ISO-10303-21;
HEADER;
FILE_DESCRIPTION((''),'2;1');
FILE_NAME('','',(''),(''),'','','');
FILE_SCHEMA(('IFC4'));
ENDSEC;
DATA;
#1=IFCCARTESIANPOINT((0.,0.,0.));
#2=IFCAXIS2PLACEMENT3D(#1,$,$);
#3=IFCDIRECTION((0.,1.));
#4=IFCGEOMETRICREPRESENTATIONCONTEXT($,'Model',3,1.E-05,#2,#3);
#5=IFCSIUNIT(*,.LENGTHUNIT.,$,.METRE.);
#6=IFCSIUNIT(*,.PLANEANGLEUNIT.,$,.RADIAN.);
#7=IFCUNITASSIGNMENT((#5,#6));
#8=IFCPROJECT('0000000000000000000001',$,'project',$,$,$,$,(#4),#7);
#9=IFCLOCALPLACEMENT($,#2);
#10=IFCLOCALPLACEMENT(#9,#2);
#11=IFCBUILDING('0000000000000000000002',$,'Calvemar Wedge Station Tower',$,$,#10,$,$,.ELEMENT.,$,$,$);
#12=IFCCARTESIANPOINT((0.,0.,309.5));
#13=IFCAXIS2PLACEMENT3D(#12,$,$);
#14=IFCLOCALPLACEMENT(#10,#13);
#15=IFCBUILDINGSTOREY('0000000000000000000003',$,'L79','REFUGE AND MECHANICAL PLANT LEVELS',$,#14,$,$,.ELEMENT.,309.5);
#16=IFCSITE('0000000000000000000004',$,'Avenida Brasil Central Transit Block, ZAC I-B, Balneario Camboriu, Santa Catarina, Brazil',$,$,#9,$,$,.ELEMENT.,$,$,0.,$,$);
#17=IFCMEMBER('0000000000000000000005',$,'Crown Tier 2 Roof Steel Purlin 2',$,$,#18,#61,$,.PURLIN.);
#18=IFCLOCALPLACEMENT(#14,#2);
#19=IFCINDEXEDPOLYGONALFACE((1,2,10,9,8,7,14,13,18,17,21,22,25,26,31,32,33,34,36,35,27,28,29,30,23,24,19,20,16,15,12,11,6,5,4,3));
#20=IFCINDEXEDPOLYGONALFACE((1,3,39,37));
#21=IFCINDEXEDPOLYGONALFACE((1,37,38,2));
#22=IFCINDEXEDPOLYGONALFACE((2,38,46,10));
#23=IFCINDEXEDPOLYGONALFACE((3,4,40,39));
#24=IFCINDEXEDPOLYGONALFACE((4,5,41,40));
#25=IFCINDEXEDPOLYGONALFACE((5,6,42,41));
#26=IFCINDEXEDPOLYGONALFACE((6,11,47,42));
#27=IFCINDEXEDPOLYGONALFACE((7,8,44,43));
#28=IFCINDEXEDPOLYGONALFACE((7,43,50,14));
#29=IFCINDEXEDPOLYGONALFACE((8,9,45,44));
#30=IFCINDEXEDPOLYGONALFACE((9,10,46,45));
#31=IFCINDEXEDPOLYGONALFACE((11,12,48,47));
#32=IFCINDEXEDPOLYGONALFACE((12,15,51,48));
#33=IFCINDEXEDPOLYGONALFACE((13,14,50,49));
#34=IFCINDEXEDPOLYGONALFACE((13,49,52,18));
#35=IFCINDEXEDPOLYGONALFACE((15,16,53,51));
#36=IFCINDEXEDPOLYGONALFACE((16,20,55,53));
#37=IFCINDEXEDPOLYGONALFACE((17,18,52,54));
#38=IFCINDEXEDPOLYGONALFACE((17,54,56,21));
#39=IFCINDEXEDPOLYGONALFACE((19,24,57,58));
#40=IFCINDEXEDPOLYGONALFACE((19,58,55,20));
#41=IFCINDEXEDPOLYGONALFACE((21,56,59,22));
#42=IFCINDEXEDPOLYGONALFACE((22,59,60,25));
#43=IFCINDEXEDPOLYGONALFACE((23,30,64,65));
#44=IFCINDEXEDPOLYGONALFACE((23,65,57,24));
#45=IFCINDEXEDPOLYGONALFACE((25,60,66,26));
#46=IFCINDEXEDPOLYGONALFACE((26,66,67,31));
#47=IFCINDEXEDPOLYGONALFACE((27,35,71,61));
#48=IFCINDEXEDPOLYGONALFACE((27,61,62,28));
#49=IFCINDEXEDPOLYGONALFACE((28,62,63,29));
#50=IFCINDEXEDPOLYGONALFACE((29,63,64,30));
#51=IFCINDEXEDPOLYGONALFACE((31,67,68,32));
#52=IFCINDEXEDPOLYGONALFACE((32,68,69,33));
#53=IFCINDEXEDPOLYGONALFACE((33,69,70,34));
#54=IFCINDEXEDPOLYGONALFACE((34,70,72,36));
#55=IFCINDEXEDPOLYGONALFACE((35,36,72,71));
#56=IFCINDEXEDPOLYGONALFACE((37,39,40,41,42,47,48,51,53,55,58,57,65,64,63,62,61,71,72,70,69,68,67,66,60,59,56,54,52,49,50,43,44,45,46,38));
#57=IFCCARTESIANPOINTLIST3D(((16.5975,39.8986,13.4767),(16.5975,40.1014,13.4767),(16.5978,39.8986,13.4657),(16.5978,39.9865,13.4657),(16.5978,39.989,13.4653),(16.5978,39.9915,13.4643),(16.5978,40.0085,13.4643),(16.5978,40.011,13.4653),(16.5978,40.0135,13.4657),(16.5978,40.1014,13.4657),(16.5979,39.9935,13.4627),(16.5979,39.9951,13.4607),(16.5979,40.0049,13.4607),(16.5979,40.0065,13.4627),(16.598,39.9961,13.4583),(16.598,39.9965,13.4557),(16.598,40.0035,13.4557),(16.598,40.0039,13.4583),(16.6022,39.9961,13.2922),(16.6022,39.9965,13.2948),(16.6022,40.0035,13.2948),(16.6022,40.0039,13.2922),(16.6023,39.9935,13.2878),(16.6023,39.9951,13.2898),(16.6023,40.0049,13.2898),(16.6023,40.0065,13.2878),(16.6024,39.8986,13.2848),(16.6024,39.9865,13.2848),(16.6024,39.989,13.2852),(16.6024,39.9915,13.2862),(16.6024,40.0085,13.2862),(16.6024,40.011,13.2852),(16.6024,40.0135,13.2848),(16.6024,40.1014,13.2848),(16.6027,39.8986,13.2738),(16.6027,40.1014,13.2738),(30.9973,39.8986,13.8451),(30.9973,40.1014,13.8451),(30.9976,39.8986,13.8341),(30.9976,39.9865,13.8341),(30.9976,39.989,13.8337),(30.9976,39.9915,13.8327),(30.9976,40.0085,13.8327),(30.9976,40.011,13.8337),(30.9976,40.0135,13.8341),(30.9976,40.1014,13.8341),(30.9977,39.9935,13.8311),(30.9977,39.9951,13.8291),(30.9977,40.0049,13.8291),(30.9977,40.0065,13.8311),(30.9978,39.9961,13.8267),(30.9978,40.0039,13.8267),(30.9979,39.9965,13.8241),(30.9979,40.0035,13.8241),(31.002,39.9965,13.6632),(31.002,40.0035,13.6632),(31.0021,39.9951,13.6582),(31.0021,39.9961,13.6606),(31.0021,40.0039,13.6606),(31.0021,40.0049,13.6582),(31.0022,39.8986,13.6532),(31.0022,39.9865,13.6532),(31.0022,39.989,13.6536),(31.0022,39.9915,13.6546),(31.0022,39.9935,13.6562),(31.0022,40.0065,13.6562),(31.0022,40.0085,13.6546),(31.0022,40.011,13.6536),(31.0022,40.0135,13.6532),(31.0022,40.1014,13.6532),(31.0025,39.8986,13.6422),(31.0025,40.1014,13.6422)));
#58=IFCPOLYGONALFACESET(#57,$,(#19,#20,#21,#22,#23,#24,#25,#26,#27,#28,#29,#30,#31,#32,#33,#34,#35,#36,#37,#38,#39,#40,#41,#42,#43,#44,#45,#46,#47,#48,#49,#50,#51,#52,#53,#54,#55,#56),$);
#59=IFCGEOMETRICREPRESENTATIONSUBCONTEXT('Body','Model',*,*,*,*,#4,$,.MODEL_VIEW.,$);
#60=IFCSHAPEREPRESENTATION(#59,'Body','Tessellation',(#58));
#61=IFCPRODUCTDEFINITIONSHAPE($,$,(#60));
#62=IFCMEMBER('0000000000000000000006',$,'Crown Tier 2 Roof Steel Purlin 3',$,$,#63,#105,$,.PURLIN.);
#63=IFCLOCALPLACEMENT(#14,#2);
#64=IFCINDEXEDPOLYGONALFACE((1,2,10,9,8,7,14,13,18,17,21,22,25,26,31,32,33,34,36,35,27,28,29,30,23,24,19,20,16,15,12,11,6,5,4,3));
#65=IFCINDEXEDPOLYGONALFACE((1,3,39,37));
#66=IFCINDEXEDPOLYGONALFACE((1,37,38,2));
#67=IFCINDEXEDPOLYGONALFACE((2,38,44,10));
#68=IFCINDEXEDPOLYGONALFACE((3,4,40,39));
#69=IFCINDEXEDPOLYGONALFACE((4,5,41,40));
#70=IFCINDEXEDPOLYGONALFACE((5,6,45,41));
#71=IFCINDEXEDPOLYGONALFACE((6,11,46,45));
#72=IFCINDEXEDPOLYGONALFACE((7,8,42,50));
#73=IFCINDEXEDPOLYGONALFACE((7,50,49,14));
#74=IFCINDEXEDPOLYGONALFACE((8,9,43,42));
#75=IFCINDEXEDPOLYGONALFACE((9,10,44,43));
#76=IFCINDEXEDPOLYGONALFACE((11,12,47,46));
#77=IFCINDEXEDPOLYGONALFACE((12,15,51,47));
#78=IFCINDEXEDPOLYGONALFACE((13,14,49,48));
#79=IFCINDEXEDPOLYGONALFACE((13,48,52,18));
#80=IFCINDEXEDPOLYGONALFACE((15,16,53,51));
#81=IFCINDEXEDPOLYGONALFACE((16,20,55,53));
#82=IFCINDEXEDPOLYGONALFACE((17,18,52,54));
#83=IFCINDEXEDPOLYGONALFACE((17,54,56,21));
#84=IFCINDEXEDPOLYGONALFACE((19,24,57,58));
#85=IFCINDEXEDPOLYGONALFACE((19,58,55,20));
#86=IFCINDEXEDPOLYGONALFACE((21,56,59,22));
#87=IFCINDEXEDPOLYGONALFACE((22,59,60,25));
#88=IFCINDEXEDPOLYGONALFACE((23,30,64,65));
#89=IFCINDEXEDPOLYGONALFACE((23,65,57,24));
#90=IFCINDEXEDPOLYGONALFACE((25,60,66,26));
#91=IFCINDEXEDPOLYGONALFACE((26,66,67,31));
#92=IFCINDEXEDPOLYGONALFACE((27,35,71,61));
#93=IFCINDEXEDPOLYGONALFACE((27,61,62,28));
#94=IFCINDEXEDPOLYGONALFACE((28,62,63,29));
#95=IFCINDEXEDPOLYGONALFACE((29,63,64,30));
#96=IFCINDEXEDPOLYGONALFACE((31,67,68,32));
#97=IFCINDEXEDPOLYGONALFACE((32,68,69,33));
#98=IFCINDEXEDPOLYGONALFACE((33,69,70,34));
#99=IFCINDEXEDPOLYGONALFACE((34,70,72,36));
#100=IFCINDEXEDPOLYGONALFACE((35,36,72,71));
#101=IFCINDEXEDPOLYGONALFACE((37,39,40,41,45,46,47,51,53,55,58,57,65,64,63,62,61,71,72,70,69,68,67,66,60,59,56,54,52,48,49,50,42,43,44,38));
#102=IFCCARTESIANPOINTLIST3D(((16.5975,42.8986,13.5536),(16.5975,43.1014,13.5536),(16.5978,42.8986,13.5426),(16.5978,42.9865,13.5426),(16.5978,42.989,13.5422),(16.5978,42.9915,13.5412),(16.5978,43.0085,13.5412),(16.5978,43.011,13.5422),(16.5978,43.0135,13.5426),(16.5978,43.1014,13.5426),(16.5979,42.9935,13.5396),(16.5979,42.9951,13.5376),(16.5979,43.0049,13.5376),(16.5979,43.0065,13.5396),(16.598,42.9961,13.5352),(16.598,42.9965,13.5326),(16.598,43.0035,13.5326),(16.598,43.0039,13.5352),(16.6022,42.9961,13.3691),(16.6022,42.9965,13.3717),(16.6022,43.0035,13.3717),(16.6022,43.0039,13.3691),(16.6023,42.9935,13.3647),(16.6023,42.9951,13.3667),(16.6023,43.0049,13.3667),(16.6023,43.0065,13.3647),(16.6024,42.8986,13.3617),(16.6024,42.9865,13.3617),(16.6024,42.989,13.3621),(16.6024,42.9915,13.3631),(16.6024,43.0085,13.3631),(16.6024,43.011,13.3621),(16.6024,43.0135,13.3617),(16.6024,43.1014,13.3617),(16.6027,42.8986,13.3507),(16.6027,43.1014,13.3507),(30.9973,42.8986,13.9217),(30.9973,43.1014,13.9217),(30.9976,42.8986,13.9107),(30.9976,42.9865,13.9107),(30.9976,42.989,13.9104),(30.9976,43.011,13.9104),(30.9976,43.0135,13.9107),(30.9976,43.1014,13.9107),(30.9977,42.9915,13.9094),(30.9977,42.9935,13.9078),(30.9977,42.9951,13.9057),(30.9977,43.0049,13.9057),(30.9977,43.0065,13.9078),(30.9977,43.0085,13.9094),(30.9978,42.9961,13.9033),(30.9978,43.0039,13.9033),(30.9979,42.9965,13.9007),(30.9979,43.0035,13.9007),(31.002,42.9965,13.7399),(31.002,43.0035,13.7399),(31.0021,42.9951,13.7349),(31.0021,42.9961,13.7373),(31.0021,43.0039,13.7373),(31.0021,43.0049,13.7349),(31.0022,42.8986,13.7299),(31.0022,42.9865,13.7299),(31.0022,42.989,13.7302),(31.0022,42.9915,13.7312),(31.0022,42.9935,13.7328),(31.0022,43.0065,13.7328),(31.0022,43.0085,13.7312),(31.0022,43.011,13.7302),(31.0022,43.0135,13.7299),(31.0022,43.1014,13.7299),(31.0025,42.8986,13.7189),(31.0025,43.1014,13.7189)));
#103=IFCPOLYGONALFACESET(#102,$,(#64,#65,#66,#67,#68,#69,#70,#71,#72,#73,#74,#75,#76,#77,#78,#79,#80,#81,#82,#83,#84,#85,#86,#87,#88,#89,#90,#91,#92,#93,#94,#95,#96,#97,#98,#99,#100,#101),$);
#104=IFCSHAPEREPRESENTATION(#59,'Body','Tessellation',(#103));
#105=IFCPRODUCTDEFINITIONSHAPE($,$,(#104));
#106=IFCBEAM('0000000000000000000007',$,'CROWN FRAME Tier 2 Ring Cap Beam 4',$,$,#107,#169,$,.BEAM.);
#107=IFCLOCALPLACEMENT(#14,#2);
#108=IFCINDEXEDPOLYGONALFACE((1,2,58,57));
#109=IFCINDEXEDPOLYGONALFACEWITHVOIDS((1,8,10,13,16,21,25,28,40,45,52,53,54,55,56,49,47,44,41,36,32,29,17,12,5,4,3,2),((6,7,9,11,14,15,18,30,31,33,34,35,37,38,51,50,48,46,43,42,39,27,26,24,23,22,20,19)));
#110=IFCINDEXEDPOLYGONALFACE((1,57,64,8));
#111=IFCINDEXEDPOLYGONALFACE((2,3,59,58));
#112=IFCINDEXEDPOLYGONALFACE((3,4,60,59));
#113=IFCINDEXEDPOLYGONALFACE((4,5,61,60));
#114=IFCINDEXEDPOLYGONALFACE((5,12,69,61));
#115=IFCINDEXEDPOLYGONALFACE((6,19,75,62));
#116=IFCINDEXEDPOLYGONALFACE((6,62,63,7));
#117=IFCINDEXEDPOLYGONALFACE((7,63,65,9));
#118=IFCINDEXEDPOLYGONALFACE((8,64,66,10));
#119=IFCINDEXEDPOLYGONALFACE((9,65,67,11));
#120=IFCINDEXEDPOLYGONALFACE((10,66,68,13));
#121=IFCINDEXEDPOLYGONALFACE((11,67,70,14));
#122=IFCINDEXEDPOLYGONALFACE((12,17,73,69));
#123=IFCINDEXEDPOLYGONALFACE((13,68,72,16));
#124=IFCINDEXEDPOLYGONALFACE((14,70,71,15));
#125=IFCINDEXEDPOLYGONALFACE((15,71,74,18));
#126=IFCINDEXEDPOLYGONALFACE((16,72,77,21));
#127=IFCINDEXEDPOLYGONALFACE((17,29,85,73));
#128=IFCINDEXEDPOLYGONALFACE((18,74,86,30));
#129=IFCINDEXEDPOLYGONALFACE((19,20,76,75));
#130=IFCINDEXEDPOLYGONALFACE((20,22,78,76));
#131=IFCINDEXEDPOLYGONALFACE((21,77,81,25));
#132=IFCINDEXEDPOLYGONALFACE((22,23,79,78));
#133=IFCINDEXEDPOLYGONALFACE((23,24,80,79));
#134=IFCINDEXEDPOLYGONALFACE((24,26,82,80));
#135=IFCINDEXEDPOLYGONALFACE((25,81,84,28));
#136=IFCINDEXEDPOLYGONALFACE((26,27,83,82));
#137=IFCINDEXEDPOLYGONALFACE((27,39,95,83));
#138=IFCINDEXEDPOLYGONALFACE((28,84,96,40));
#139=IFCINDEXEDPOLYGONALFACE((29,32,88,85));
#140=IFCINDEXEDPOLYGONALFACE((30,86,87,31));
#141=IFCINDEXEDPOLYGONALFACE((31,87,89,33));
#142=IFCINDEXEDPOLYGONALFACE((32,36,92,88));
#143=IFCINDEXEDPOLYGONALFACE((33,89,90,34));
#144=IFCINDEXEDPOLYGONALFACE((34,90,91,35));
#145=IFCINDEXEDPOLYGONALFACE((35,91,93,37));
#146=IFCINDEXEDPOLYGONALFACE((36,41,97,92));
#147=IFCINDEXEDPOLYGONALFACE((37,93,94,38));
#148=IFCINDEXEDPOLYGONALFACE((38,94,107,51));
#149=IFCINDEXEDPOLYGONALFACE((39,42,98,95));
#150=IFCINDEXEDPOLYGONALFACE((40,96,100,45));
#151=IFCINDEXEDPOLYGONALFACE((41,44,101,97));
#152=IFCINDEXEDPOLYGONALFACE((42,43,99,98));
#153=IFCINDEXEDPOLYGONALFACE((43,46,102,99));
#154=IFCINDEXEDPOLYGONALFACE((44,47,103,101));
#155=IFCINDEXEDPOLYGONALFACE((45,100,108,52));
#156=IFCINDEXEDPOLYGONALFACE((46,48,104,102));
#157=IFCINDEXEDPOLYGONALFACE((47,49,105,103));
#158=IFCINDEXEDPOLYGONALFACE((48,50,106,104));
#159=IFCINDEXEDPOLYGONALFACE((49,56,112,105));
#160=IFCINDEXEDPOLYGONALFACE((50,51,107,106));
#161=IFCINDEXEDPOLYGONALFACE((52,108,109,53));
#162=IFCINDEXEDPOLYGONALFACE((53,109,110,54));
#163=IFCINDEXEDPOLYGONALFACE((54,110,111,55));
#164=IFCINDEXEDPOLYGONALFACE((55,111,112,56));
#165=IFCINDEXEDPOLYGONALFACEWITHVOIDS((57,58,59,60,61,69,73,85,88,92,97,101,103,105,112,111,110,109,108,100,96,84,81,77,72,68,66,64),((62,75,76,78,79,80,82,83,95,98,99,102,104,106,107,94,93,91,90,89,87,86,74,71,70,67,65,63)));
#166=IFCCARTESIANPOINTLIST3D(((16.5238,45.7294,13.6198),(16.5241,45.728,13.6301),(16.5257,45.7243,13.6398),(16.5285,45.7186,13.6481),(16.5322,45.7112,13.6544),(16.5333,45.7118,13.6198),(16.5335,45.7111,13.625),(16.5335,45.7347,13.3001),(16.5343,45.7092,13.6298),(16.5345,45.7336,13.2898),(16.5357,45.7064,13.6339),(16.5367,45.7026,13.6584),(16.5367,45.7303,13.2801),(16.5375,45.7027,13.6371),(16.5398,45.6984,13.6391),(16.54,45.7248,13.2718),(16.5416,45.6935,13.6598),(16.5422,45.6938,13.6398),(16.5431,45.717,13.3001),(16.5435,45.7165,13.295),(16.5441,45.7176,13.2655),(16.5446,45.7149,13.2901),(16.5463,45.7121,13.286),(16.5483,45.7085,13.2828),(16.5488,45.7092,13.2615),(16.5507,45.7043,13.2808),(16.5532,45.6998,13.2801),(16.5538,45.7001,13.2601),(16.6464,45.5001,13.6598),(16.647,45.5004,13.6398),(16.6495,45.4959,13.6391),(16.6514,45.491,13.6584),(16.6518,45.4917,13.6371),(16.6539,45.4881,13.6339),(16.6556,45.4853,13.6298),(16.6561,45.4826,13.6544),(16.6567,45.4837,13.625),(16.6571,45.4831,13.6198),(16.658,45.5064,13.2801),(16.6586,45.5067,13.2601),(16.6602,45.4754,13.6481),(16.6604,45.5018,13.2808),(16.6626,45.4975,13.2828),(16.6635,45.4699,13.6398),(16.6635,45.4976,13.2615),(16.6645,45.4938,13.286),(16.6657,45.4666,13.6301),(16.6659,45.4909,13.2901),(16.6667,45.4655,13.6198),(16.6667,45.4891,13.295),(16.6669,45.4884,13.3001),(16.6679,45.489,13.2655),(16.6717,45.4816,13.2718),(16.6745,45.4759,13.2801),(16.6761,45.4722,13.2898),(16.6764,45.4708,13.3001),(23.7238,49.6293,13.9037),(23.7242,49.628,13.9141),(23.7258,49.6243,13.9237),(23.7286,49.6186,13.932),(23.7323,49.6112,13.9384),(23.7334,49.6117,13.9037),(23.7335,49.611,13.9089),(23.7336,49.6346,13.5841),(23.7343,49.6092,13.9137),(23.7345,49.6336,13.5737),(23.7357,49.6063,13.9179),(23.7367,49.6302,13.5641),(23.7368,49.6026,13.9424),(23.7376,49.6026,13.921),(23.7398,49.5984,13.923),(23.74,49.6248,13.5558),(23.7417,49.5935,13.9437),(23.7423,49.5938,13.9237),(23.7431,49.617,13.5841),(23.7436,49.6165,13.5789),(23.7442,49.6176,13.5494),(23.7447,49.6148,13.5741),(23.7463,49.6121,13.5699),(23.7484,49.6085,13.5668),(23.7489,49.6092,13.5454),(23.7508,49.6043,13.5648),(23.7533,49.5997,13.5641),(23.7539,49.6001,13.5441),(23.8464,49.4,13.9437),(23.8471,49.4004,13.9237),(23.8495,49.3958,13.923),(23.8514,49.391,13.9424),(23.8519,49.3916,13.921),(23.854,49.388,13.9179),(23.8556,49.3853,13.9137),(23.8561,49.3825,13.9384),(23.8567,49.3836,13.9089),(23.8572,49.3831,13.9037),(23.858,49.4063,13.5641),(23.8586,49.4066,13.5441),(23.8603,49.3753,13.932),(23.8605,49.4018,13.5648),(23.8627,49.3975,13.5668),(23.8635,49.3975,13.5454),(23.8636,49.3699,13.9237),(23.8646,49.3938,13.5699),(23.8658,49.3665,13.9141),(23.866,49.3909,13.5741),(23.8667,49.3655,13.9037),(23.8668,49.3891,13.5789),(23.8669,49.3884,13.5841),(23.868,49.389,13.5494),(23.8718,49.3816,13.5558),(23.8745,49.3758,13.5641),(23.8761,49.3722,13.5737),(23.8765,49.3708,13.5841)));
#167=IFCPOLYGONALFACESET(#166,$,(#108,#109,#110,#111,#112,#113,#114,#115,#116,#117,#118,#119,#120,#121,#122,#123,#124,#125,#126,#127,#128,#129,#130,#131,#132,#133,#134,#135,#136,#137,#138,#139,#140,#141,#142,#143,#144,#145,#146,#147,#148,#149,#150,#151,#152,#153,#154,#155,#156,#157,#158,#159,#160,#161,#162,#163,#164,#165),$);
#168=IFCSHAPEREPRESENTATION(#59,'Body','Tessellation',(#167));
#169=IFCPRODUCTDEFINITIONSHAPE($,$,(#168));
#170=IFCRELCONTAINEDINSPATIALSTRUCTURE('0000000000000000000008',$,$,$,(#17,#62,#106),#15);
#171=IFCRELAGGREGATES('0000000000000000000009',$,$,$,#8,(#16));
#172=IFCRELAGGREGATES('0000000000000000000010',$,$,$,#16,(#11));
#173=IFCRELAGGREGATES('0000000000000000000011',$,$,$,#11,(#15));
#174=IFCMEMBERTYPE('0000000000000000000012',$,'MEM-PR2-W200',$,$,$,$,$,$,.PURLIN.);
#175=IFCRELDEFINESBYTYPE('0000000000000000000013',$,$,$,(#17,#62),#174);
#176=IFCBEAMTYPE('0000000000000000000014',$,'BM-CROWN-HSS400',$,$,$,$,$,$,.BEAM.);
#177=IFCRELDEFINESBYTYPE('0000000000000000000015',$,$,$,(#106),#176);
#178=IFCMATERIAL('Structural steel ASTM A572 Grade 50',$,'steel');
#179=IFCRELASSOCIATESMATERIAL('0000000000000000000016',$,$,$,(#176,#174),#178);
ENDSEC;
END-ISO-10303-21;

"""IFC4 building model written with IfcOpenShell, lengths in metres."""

from ifc_helpers import new_model, si_unit, direction, frame, origin, origin_2d, place, context, subcontext, project, spatial, hollow_rectangle, i_section, extrude, source, transform, mapped, material, material_profile, profile_set, type_object, element, save


model = new_model("IFC4")

# Units and contexts
model_context = context("Model", 3, precision=1e-05, world=origin(), true_north=direction((0.0, 1.0)))
body_context = subcontext(model_context, "Body", "Model", "MODEL_VIEW")
ifc_project = project(units=[si_unit("LENGTHUNIT", "METRE"), si_unit("PLANEANGLEUNIT", "RADIAN")], contexts=[model_context])

# Site, building, storey
site_placement = place(None, origin())
site = spatial("IfcSite", under=ifc_project, at=site_placement, Name="Avenida Brasil Central Transit Block, ZAC I-B, Balneario Camboriu, Santa Catarina, Brazil", CompositionType="ELEMENT", RefElevation=0.0)
building_placement = place(site_placement, origin())
building = spatial("IfcBuilding", under=site, at=building_placement, Name="Calvemar Wedge Station Tower", CompositionType="ELEMENT")
storey_placement = place(building_placement, frame((0.0, 0.0, 309.5)))
storey = spatial("IfcBuildingStorey", under=building, at=storey_placement, Name="L79", Description="REFUGE AND MECHANICAL PLANT LEVELS", CompositionType="ELEMENT", Elevation=309.5)

# Shared definitions
ifc_material_1 = material(Name="Structural steel ASTM A572 Grade 50", Category="steel")

# Shared definitions
ifc_material_profile_1 = material_profile(ifc_material_1, hollow_rectangle(XDim=0.3, YDim=0.3999, WallThickness=0.02, InnerFilletRadius=0.02, OuterFilletRadius=0.04, at=origin_2d()), Name="HSS400x300x20")
ifc_profile_set_1 = profile_set([ifc_material_profile_1], Name="Structural steel ASTM A572 Grade 50")
beam_type = type_object("IfcBeamType", Name="BM-CROWN-HSS400", PredefinedType="BEAM", material=ifc_profile_set_1)

# Members
ifc_material_profile_2 = material_profile(ifc_material_1, i_section(OverallWidth=0.2029, OverallDepth=0.2029, WebThickness=0.0071, FlangeThickness=0.011, FilletRadius=0.01, at=origin_2d()), Name="W200x46.1")
ifc_profile_set_2 = profile_set([ifc_material_profile_2], Name="Structural steel ASTM A572 Grade 50")
member_type_1 = type_object("IfcMemberType", Name="MEM-PR2-W200", PredefinedType="PURLIN", material=ifc_profile_set_2)
shared_shape_1 = source(origin(), body_context, "Body", "SweptSolid", [
    extrude(i_section(OverallWidth=0.2029, OverallDepth=0.2029, WebThickness=0.0071, FlangeThickness=0.011, FilletRadius=0.01, at=origin_2d()), origin(), (0.0, 0.0, 1.0), 14.4045),
])
for number, where, z_axis, x_axis, name in (
    (1, (16.6001, 40.0, 13.3752), (0.999673, 0.0, 0.025576), (0.0, 1.0, 0.0), "Crown Tier 2 Roof Steel Purlin 2"),
    (2, (16.6001, 43.0, 13.4521), (0.999673, 0.0, 0.025559), (0.0, 1.0, 0.0), "Crown Tier 2 Roof Steel Purlin 3"),
):
    element("IfcMember", number, at=place(storey_placement, frame(where, z_axis=z_axis, x_axis=x_axis)), inside=storey, type_object=member_type_1, Name=name, PredefinedType="PURLIN", context=body_context, shape_type="MappedRepresentation", body=[
        mapped(shared_shape_1, transform((0.0, 0.0, 0.0), scale=1.0)),
    ])

# Beam
shared_shape_2 = source(origin(), body_context, "Body", "SweptSolid", [
    extrude(hollow_rectangle(XDim=0.3, YDim=0.3999, WallThickness=0.02, InnerFilletRadius=0.02, OuterFilletRadius=0.04, at=origin_2d()), origin(), (0.0, 0.0, 1.0), 8.1934),
])
for number, where, z_axis, x_axis, name in (
    (3, (16.6001, 45.6001, 13.46), (0.878767, 0.47599, 0.034655), (-0.476276, 0.879296, 0.0), "CROWN FRAME Tier 2 Ring Cap Beam 4"),
):
    element("IfcBeam", number, at=place(storey_placement, frame(where, z_axis=z_axis, x_axis=x_axis)), inside=storey, type_object=beam_type, Name=name, PredefinedType="BEAM", context=body_context, shape_type="MappedRepresentation", body=[
        mapped(shared_shape_2, transform((0.0, 0.0, 0.0), scale=1.0)),
    ])

save(model, "model.ifc")
